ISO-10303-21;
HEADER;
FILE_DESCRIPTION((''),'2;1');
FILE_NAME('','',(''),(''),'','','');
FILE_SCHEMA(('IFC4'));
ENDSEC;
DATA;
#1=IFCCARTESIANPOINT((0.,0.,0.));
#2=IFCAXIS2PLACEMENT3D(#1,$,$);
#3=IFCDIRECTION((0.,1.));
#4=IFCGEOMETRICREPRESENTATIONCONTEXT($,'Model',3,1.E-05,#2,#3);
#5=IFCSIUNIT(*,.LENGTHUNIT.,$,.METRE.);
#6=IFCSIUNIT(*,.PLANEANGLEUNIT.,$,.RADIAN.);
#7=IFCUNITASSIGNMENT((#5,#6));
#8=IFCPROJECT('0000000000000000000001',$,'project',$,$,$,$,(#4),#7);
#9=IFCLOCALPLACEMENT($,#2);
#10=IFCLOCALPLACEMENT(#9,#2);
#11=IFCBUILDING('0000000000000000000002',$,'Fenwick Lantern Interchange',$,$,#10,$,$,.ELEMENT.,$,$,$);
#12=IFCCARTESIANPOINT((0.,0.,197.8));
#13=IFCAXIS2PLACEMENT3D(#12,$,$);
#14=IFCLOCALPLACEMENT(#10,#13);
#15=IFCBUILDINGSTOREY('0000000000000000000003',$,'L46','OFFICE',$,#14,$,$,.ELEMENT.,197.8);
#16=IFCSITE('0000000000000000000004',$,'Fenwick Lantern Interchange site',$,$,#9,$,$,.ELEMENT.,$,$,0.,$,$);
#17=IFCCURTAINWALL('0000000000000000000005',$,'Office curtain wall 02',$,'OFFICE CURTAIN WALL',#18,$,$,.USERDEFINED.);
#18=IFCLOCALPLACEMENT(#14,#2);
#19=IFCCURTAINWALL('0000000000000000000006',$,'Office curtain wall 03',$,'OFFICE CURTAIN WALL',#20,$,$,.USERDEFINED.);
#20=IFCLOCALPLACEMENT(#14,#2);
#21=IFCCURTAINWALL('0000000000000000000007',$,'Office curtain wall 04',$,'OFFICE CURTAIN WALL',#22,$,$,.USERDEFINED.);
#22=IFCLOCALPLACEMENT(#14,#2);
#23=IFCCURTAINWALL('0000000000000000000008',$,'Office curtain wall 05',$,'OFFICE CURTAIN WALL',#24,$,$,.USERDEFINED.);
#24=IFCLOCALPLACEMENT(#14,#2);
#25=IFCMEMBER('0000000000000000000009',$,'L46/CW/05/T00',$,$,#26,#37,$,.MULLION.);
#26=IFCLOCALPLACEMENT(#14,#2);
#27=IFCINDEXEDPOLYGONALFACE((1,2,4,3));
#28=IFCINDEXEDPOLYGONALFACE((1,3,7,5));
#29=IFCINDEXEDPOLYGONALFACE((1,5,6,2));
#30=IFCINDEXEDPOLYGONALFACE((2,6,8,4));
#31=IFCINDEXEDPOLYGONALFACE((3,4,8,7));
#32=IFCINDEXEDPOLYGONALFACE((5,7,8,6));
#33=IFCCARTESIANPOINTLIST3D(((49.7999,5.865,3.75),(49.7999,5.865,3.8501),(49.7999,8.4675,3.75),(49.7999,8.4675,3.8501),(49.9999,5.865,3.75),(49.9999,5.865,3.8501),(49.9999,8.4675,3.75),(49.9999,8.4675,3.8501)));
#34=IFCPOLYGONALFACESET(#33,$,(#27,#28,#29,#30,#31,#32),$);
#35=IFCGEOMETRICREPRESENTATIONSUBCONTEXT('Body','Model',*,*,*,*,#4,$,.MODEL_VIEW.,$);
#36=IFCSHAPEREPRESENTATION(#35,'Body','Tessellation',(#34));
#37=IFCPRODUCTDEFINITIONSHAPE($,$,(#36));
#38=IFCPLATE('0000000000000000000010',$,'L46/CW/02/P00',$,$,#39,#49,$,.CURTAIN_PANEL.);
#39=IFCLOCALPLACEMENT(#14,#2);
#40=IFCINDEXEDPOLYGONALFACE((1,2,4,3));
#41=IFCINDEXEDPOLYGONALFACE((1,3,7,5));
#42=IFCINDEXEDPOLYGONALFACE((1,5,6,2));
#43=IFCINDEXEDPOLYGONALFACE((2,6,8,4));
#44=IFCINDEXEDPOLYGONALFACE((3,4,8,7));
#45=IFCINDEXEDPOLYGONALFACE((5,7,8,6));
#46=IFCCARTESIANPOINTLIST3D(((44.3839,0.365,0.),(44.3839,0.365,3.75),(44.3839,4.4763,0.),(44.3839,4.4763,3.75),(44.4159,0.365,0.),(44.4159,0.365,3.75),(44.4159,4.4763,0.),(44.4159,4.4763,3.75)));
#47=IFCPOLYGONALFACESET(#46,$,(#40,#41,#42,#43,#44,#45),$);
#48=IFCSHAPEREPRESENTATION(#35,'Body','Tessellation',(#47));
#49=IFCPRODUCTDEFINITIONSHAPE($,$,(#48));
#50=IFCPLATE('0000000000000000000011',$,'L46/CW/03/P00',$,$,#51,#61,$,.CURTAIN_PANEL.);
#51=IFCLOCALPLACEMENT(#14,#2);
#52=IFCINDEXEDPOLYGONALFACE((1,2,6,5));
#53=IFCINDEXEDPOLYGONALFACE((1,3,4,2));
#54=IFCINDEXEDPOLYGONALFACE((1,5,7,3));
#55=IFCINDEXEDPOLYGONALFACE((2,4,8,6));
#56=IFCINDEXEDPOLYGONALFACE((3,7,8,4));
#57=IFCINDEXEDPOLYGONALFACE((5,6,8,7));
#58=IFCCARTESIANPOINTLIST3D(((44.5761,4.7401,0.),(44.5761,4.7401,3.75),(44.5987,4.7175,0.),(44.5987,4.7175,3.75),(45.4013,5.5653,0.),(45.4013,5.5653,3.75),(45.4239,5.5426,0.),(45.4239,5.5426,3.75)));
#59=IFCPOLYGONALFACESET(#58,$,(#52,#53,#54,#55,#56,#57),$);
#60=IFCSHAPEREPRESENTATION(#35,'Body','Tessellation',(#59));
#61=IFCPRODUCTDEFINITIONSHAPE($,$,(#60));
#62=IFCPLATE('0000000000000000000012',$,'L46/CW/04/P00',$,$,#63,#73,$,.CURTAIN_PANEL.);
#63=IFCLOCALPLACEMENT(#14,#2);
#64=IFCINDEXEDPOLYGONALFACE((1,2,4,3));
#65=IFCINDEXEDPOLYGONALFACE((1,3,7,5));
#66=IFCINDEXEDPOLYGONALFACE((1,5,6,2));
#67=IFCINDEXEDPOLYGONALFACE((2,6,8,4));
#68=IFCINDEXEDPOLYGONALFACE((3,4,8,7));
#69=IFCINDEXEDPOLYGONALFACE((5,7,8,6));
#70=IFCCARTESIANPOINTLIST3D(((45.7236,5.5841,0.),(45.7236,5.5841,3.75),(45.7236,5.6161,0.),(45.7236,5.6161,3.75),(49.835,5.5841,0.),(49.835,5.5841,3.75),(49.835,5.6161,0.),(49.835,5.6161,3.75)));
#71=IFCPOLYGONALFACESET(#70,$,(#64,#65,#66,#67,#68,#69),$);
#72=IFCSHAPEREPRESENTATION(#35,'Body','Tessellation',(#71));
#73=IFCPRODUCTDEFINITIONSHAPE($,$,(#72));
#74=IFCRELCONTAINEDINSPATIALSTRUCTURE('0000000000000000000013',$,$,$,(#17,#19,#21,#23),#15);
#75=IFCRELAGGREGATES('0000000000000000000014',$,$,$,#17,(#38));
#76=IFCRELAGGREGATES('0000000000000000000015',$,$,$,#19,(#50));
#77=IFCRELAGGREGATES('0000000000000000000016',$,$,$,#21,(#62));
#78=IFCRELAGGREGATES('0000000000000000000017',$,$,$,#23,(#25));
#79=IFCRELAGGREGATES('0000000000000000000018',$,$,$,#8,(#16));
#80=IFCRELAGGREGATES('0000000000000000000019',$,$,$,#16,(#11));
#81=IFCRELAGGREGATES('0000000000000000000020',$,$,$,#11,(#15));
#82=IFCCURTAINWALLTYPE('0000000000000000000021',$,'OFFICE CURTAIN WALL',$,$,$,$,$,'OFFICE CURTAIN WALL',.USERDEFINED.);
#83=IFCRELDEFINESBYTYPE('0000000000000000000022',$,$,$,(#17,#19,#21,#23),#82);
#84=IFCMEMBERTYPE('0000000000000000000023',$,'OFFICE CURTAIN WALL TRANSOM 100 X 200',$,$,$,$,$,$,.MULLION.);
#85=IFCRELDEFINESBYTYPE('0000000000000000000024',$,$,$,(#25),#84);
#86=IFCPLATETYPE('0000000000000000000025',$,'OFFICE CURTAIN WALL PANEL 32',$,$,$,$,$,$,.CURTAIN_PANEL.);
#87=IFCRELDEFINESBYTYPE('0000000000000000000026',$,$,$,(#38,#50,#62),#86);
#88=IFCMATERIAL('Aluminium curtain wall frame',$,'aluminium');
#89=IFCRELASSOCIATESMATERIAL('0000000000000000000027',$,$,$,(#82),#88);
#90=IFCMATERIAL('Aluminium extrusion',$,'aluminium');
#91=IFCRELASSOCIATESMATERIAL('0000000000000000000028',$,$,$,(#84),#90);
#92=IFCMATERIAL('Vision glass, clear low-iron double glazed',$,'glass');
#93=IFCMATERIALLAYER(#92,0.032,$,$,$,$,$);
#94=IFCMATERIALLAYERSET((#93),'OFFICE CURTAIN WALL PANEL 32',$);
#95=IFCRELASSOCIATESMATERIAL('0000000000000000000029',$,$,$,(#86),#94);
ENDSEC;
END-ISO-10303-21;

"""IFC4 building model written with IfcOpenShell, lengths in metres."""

from ifc_helpers import new_model, si_unit, direction, frame, origin, origin_2d, place, context, subcontext, project, spatial, rectangle, extrude, material, layer, layer_set, material_profile, profile_set, type_object, element, aggregate, save


model = new_model("IFC4")

# Units and contexts
model_context = context("Model", 3, precision=1e-05, world=origin(), true_north=direction((0.0, 1.0)))
body_context = subcontext(model_context, "Body", "Model", "MODEL_VIEW")
ifc_project = project(units=[si_unit("LENGTHUNIT", "METRE"), si_unit("PLANEANGLEUNIT", "RADIAN")], contexts=[model_context])

# Site, building, storey
site_placement = place(None, origin())
site = spatial("IfcSite", under=ifc_project, at=site_placement, Name="Fenwick Lantern Interchange site", CompositionType="ELEMENT", RefElevation=0.0)
building_placement = place(site_placement, origin())
building = spatial("IfcBuilding", under=site, at=building_placement, Name="Fenwick Lantern Interchange", CompositionType="ELEMENT")
storey_placement = place(building_placement, frame((0.0, 0.0, 197.8)))
storey = spatial("IfcBuildingStorey", under=building, at=storey_placement, Name="L46", Description="OFFICE", CompositionType="ELEMENT", Elevation=197.8)

# Shared definitions
ifc_material_1 = material(Name="Aluminium curtain wall frame", Category="aluminium")
curtain_wall_type = type_object("IfcCurtainWallType", Name="OFFICE CURTAIN WALL", ElementType="OFFICE CURTAIN WALL", PredefinedType="USERDEFINED", material=ifc_material_1)
ifc_material_2 = material(Name="Aluminium extrusion", Category="aluminium")

# Curtain walls
curtain_wall_1_placement = place(storey_placement, origin())
curtain_wall_1 = element("IfcCurtainWall", 1, at=curtain_wall_1_placement, inside=storey, type_object=curtain_wall_type, Name="Office curtain wall 02", ObjectType="OFFICE CURTAIN WALL", PredefinedType="USERDEFINED")
curtain_wall_2_placement = place(storey_placement, origin())
curtain_wall_2 = element("IfcCurtainWall", 2, at=curtain_wall_2_placement, inside=storey, type_object=curtain_wall_type, Name="Office curtain wall 03", ObjectType="OFFICE CURTAIN WALL", PredefinedType="USERDEFINED")
curtain_wall_3_placement = place(storey_placement, origin())
curtain_wall_3 = element("IfcCurtainWall", 3, at=curtain_wall_3_placement, inside=storey, type_object=curtain_wall_type, Name="Office curtain wall 04", ObjectType="OFFICE CURTAIN WALL", PredefinedType="USERDEFINED")

# Curtain wall
curtain_wall_4_placement = place(storey_placement, origin())
curtain_wall_4 = element("IfcCurtainWall", 4, at=curtain_wall_4_placement, inside=storey, type_object=curtain_wall_type, Name="Office curtain wall 05", ObjectType="OFFICE CURTAIN WALL", PredefinedType="USERDEFINED")

# Member
ifc_material_profile_1 = material_profile(ifc_material_2, rectangle(XDim=0.2, YDim=0.1001, at=origin_2d()), Name="OFFICE CURTAIN WALL TRANSOM 100 X 200")
ifc_profile_set_1 = profile_set([ifc_material_profile_1], Name="Aluminium extrusion")
member_type_1 = type_object("IfcMemberType", Name="OFFICE CURTAIN WALL TRANSOM 100 X 200", PredefinedType="MULLION", material=ifc_profile_set_1)
member_1_placement = place(storey_placement, frame((49.8999, 5.865, 3.8), z_axis=(0.0, 1.0, 0.0), x_axis=(-1.0, 0.0, 0.0)))
member_1 = element("IfcMember", 5, at=member_1_placement, type_object=member_type_1, Name="L46/CW/05/T00", PredefinedType="MULLION", context=body_context, shape_type="SweptSolid", body=[
    extrude(rectangle(XDim=0.2, YDim=0.1001, at=origin_2d()), origin(), (0.0, 0.0, 1.0), 2.6025),
])

# Plates
ifc_material_3 = material(Name="Vision glass, clear low-iron double glazed", Category="glass")
ifc_layer_1 = layer(ifc_material_3, 0.032)
ifc_layer_set_1 = layer_set([ifc_layer_1], Name="OFFICE CURTAIN WALL PANEL 32")
plate_type = type_object("IfcPlateType", Name="OFFICE CURTAIN WALL PANEL 32", PredefinedType="CURTAIN_PANEL", material=ifc_layer_set_1)
plate_1_placement = place(storey_placement, frame((44.3999, 2.4207, 0.0), z_axis=(0.0, 0.0, 1.0), x_axis=(0.0, 1.0, 0.0)))
plate_1 = element("IfcPlate", 6, at=plate_1_placement, type_object=plate_type, Name="L46/CW/02/P00", PredefinedType="CURTAIN_PANEL", context=body_context, shape_type="SweptSolid", body=[
    extrude(rectangle(XDim=4.1113, YDim=0.032, at=origin_2d()), origin(), (0.0, 0.0, 1.0), 3.75),
])
aggregate(curtain_wall_1, [plate_1])
plate_2_placement = place(storey_placement, frame((45.0, 5.1414, 0.0), z_axis=(0.0, 0.0, 1.0), x_axis=(0.707107, 0.707107, 0.0)))
plate_2 = element("IfcPlate", 7, at=plate_2_placement, type_object=plate_type, Name="L46/CW/03/P00", PredefinedType="CURTAIN_PANEL", context=body_context, shape_type="SweptSolid", body=[
    extrude(rectangle(XDim=1.167, YDim=0.032, at=origin_2d()), origin(), (0.0, 0.0, 1.0), 3.75),
])
aggregate(curtain_wall_2, [plate_2])
plate_3_placement = place(storey_placement, frame((47.7793, 5.6001, 0.0), z_axis=(0.0, 0.0, 1.0), x_axis=(1.0, 0.0, 0.0)))
plate_3 = element("IfcPlate", 8, at=plate_3_placement, type_object=plate_type, Name="L46/CW/04/P00", PredefinedType="CURTAIN_PANEL", context=body_context, shape_type="SweptSolid", body=[
    extrude(rectangle(XDim=4.1113, YDim=0.032, at=origin_2d()), origin(), (0.0, 0.0, 1.0), 3.75),
])
aggregate(curtain_wall_3, [plate_3])
aggregate(curtain_wall_4, [member_1])

save(model, "model.ifc")
